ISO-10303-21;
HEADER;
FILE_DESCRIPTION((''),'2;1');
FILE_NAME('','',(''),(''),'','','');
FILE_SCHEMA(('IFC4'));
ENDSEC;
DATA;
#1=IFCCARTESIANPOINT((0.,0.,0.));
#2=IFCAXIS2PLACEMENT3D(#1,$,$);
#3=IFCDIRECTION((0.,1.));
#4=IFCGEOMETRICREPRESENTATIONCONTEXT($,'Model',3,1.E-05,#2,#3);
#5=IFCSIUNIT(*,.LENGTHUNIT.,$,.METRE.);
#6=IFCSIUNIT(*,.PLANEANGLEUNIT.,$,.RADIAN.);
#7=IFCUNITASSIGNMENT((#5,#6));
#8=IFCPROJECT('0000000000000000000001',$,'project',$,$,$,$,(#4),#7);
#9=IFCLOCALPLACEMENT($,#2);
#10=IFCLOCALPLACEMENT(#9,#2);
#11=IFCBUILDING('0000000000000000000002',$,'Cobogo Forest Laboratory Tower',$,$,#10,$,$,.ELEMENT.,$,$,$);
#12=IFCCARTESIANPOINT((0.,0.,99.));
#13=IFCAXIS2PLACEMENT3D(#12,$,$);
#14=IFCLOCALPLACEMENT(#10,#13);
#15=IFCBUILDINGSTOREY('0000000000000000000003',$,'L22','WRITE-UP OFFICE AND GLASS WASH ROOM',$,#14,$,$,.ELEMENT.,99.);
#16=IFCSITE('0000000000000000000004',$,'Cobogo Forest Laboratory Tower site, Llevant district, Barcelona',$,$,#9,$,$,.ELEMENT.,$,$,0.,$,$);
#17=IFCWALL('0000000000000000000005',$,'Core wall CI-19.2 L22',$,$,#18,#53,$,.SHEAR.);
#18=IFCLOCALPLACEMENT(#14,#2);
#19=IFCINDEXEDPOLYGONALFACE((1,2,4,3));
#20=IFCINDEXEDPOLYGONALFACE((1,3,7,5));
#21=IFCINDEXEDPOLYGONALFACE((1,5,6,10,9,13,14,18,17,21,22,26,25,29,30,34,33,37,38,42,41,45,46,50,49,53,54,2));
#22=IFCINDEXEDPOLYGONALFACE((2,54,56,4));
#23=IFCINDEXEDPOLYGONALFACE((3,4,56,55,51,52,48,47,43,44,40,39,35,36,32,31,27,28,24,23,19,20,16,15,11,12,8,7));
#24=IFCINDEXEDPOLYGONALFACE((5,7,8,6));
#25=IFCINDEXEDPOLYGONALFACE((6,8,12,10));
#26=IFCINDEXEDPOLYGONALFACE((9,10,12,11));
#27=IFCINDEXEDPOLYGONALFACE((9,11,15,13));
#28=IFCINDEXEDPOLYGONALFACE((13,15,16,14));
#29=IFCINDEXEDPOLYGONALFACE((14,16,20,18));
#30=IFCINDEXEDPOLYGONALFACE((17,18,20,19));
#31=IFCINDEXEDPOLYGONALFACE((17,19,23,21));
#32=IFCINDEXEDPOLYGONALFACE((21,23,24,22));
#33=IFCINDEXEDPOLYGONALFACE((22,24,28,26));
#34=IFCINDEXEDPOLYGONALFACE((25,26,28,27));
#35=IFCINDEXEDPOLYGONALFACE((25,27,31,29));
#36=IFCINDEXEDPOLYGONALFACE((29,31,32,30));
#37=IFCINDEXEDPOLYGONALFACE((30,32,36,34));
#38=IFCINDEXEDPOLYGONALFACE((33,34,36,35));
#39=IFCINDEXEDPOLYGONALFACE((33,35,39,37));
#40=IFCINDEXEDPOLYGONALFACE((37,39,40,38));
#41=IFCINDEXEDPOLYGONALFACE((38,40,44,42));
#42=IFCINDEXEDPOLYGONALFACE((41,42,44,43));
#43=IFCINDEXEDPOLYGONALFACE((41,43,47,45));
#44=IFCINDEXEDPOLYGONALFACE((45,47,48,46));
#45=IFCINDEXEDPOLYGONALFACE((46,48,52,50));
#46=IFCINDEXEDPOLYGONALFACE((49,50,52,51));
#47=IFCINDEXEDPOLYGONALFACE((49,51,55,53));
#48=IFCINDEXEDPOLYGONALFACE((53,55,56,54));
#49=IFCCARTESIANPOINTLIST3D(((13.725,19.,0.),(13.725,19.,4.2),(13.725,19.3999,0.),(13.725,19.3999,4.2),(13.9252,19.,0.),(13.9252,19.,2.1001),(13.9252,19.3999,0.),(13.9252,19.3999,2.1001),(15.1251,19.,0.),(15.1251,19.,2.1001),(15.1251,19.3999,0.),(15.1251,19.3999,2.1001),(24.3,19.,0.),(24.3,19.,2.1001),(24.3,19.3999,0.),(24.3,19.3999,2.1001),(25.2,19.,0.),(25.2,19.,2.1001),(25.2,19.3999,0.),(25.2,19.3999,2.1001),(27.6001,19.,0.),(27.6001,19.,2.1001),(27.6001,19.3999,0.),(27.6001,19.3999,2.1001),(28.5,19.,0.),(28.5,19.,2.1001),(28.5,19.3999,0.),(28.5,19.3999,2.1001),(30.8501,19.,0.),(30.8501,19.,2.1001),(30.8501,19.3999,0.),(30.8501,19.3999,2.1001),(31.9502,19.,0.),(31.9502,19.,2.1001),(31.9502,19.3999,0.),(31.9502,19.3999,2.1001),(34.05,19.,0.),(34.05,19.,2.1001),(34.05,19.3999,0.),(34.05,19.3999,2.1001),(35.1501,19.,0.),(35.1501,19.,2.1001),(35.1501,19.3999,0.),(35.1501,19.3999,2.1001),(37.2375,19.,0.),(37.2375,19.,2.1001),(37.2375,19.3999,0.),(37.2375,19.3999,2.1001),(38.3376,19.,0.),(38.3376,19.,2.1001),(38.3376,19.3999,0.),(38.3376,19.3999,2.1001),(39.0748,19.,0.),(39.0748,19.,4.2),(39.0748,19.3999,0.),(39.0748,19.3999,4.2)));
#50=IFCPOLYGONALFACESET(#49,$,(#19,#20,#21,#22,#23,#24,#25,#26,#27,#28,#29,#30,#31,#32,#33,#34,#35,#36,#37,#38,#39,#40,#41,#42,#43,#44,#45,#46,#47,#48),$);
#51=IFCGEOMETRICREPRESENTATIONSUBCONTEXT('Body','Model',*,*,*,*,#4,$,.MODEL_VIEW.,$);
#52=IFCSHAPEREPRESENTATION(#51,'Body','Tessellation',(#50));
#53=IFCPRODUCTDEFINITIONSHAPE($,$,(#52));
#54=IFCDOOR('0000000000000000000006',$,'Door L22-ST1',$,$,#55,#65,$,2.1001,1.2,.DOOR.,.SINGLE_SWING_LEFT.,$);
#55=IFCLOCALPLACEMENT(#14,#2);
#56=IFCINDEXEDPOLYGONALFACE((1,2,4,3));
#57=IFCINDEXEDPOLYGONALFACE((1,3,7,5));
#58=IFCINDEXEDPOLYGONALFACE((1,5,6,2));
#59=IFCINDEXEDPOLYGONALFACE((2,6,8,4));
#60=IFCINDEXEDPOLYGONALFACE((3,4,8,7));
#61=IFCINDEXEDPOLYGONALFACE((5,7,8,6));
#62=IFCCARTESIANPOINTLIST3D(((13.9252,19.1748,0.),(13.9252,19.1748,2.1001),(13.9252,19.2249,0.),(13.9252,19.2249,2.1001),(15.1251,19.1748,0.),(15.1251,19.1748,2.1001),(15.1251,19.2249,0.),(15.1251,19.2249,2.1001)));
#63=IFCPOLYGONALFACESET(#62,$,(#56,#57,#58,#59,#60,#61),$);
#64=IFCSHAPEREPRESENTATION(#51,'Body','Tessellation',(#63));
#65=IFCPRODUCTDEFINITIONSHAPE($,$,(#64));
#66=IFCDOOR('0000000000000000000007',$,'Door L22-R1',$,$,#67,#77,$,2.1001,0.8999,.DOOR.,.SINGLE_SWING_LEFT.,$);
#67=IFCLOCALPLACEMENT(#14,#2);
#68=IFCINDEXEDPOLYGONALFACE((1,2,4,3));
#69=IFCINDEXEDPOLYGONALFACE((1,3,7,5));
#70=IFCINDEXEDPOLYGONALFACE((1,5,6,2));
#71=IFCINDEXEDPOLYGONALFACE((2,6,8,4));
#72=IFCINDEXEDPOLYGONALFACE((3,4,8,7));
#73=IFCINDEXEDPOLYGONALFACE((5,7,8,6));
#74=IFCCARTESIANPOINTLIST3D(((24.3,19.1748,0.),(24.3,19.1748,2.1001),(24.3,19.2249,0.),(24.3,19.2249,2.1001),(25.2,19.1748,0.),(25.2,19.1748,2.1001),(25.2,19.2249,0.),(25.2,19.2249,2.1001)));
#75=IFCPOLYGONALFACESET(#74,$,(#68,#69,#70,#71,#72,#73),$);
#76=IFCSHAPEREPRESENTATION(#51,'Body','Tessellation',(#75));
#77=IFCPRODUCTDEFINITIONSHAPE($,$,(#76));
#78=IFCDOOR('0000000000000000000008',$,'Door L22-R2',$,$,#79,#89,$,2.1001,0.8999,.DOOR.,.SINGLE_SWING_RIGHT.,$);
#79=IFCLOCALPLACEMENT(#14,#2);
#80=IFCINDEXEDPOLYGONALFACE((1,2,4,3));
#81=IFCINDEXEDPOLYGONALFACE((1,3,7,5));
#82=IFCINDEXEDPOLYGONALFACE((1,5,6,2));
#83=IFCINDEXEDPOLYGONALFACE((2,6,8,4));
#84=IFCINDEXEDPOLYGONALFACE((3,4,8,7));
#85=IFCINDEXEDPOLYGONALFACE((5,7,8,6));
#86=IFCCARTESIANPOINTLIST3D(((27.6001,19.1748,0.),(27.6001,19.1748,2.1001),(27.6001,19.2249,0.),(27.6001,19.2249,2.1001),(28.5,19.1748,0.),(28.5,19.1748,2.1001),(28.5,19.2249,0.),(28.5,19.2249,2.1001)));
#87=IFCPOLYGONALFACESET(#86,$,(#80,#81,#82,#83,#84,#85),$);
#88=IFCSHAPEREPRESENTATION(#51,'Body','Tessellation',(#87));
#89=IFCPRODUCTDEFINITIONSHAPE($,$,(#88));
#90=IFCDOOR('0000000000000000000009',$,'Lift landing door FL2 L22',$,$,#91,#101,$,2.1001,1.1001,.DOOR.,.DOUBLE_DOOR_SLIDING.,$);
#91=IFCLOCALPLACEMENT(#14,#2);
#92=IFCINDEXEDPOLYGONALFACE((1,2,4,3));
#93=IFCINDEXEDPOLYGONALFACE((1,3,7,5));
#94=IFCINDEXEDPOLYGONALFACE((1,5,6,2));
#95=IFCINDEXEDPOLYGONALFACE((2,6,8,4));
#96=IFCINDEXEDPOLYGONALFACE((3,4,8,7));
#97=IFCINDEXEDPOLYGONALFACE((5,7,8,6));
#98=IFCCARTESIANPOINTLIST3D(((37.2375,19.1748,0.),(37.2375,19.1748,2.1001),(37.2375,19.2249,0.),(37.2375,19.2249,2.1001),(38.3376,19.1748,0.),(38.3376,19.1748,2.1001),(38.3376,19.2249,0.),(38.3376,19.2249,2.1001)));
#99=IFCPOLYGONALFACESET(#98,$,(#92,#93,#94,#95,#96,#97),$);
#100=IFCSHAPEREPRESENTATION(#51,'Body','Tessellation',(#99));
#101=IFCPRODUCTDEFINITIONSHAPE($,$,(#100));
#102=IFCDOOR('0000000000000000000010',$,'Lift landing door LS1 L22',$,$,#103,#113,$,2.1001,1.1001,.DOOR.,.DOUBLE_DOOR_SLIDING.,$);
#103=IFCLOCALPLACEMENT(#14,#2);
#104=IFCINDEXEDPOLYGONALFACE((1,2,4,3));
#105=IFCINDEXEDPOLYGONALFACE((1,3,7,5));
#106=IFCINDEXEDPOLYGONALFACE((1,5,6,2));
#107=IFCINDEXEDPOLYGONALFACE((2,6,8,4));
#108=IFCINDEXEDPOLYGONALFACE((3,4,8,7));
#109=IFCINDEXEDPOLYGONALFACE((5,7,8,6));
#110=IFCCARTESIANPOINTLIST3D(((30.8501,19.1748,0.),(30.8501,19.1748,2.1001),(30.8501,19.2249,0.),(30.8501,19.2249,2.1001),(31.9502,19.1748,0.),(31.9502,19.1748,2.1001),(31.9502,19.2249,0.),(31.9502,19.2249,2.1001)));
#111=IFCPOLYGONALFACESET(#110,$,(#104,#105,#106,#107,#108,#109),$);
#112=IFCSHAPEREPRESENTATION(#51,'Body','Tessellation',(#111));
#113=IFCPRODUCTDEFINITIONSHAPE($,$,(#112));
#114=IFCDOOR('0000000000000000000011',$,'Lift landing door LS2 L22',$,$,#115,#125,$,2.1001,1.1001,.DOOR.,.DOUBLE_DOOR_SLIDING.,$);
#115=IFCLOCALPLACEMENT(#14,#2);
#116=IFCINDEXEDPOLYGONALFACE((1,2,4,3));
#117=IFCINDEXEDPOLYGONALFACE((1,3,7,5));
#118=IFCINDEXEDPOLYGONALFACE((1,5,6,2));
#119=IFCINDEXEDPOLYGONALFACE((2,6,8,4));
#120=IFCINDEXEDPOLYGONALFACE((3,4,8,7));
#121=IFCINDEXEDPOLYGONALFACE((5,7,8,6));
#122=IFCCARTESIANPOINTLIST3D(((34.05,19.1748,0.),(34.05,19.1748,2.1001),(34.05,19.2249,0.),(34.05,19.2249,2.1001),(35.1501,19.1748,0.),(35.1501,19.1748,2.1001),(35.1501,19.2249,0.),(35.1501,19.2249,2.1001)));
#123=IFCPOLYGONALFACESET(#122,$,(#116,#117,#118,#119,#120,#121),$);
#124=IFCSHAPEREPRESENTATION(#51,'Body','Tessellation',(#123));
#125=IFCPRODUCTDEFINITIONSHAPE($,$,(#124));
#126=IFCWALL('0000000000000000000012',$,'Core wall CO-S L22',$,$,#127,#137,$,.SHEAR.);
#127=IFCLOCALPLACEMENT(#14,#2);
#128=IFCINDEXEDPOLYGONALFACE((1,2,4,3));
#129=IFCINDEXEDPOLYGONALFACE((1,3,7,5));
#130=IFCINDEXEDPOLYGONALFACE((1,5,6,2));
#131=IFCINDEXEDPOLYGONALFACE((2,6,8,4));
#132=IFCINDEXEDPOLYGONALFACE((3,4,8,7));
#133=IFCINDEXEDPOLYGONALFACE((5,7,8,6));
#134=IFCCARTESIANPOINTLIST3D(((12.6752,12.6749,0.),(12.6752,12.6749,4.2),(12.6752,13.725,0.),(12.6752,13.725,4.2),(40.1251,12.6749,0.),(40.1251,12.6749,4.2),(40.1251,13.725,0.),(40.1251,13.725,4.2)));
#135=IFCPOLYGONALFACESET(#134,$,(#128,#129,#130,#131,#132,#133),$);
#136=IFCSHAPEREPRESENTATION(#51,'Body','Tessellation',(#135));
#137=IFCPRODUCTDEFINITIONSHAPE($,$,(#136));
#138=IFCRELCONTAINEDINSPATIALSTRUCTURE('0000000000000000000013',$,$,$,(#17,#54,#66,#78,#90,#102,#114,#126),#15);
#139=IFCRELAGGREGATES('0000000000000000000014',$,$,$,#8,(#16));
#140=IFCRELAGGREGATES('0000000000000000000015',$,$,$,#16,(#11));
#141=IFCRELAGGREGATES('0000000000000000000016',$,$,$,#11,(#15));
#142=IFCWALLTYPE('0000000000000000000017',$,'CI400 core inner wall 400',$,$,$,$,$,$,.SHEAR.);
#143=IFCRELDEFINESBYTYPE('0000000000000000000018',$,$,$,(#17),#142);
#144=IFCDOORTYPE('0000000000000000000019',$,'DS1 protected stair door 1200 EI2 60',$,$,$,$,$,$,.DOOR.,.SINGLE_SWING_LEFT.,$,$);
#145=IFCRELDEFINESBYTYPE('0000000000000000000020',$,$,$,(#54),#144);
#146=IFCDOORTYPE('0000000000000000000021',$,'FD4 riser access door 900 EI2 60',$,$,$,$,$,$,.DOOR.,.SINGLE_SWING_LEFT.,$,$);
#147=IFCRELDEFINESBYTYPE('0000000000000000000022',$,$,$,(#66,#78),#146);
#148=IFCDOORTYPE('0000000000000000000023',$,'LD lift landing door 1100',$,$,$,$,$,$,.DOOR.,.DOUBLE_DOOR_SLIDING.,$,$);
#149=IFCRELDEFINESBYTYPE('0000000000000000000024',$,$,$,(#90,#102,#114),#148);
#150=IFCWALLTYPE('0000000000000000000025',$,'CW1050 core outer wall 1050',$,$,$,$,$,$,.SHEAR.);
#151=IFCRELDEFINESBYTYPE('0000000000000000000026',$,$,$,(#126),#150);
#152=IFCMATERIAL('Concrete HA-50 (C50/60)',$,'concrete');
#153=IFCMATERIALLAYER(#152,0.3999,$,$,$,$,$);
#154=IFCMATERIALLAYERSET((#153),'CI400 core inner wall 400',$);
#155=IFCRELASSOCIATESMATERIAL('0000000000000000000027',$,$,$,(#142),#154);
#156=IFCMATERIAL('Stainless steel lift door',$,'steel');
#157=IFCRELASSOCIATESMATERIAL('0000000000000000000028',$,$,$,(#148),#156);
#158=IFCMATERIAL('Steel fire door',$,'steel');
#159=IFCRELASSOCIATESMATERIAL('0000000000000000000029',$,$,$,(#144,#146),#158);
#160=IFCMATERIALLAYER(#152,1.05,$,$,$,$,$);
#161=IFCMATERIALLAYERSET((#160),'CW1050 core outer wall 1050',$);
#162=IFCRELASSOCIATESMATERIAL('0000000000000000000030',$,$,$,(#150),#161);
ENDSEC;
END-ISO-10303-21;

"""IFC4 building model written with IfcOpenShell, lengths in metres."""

from ifc_helpers import new_model, si_unit, direction, frame, frame_2d, origin, place, context, subcontext, project, spatial, rectangle, extrude, material, layer, layer_set, type_object, element, fill, save


model = new_model("IFC4")

# Units and contexts
model_context = context("Model", 3, precision=1e-05, world=origin(), true_north=direction((0.0, 1.0)))
body_context = subcontext(model_context, "Body", "Model", "MODEL_VIEW")
ifc_project = project(units=[si_unit("LENGTHUNIT", "METRE"), si_unit("PLANEANGLEUNIT", "RADIAN")], contexts=[model_context])

# Site, building, storey
site_placement = place(None, origin())
site = spatial("IfcSite", under=ifc_project, at=site_placement, Name="Cobogo Forest Laboratory Tower site, Llevant district, Barcelona", CompositionType="ELEMENT", RefElevation=0.0)
building_placement = place(site_placement, origin())
building = spatial("IfcBuilding", under=site, at=building_placement, Name="Cobogo Forest Laboratory Tower", CompositionType="ELEMENT")
storey_placement = place(building_placement, frame((0.0, 0.0, 99.0)))
storey = spatial("IfcBuildingStorey", under=building, at=storey_placement, Name="L22", Description="WRITE-UP OFFICE AND GLASS WASH ROOM", CompositionType="ELEMENT", Elevation=99.0)

# Wall, openings, doors
ifc_material_1 = material(Name="Concrete HA-50 (C50/60)", Category="concrete")
ifc_layer_1 = layer(ifc_material_1, 0.3999)
ifc_layer_set_1 = layer_set([ifc_layer_1], Name="CI400 core inner wall 400")
wall_type_1 = type_object("IfcWallType", Name="CI400 core inner wall 400", PredefinedType="SHEAR", material=ifc_layer_set_1)
ifc_material_2 = material(Name="Steel fire door", Category="steel")
ifc_material_3 = material(Name="Stainless steel lift door", Category="steel")
door_type_1 = type_object("IfcDoorType", Name="LD lift landing door 1100", OperationType="DOUBLE_DOOR_SLIDING", PredefinedType="DOOR", material=ifc_material_3)
wall_1_placement = place(storey_placement, frame((13.7251, 19.2, 0.0), z_axis=(0.0, 0.0, 1.0), x_axis=(1.0, 0.0, 0.0)))
wall_1 = element("IfcWall", 1, at=wall_1_placement, inside=storey, type_object=wall_type_1, Name="Core wall CI-19.2 L22", PredefinedType="SHEAR", context=body_context, shape_type="SweptSolid", body=[
    extrude(rectangle(XDim=25.3499, YDim=0.3999, at=frame_2d((12.6748, 0.0))), origin(), (0.0, 0.0, 1.0), 4.2),
])
opening_1_placement = place(wall_1_placement, frame((10.575, 0.0, 0.0)))
opening_1 = element("IfcOpeningElement", 2, at=opening_1_placement, cuts=wall_1, PredefinedType="OPENING", context=body_context, shape_type="SweptSolid", body=[
    extrude(rectangle(XDim=0.8999, YDim=2.1001, at=frame_2d((0.45, 1.05))), frame((0.0, 0.21, 0.0), z_axis=(0.0, -1.0, 0.0), x_axis=(1.0, 0.0, 0.0)), (0.0, 0.0, 1.0), 0.4199),
])
opening_2_placement = place(wall_1_placement, frame((13.875, 0.0, 0.0)))
opening_2 = element("IfcOpeningElement", 3, at=opening_2_placement, cuts=wall_1, PredefinedType="OPENING", context=body_context, shape_type="SweptSolid", body=[
    extrude(rectangle(XDim=0.8999, YDim=2.1001, at=frame_2d((0.45, 1.05))), frame((0.0, 0.21, 0.0), z_axis=(0.0, -1.0, 0.0), x_axis=(1.0, 0.0, 0.0)), (0.0, 0.0, 1.0), 0.4199),
])
opening_3_placement = place(wall_1_placement, frame((0.2, 0.0, 0.0)))
opening_3 = element("IfcOpeningElement", 4, at=opening_3_placement, cuts=wall_1, PredefinedType="OPENING", context=body_context, shape_type="SweptSolid", body=[
    extrude(rectangle(XDim=1.2, YDim=2.1001, at=frame_2d((0.6001, 1.05))), frame((0.0, 0.21, 0.0), z_axis=(0.0, -1.0, 0.0), x_axis=(1.0, 0.0, 0.0)), (0.0, 0.0, 1.0), 0.4199),
])
opening_4_placement = place(wall_1_placement, frame((23.5125, 0.0, 0.0)))
opening_4 = element("IfcOpeningElement", 5, at=opening_4_placement, cuts=wall_1, PredefinedType="OPENING", context=body_context, shape_type="SweptSolid", body=[
    extrude(rectangle(XDim=1.1001, YDim=2.1001, at=frame_2d((0.55, 1.05))), frame((0.0, 0.21, 0.0), z_axis=(0.0, -1.0, 0.0), x_axis=(1.0, 0.0, 0.0)), (0.0, 0.0, 1.0), 0.4199),
])
opening_5_placement = place(wall_1_placement, frame((17.125, 0.0, 0.0)))
opening_5 = element("IfcOpeningElement", 6, at=opening_5_placement, cuts=wall_1, PredefinedType="OPENING", context=body_context, shape_type="SweptSolid", body=[
    extrude(rectangle(XDim=1.1001, YDim=2.1001, at=frame_2d((0.55, 1.05))), frame((0.0, 0.21, 0.0), z_axis=(0.0, -1.0, 0.0), x_axis=(1.0, 0.0, 0.0)), (0.0, 0.0, 1.0), 0.4199),
])
opening_6_placement = place(wall_1_placement, frame((20.325, 0.0, 0.0)))
opening_6 = element("IfcOpeningElement", 7, at=opening_6_placement, cuts=wall_1, PredefinedType="OPENING", context=body_context, shape_type="SweptSolid", body=[
    extrude(rectangle(XDim=1.1001, YDim=2.1001, at=frame_2d((0.55, 1.05))), frame((0.0, 0.21, 0.0), z_axis=(0.0, -1.0, 0.0), x_axis=(1.0, 0.0, 0.0)), (0.0, 0.0, 1.0), 0.4199),
])
door_type_2 = type_object("IfcDoorType", Name="DS1 protected stair door 1200 EI2 60", OperationType="SINGLE_SWING_LEFT", PredefinedType="DOOR", material=ifc_material_2)
door_1_placement = place(opening_3_placement, origin())
door_1 = element("IfcDoor", 8, at=door_1_placement, inside=storey, type_object=door_type_2, Name="Door L22-ST1", OperationType="SINGLE_SWING_LEFT", OverallHeight=2.1001, OverallWidth=1.2, PredefinedType="DOOR", context=body_context, shape_type="SweptSolid", body=[
    extrude(rectangle(XDim=1.2, YDim=2.1001, at=frame_2d((0.6001, 1.05))), frame((0.0, 0.0249, 0.0), z_axis=(0.0, -1.0, 0.0), x_axis=(1.0, 0.0, 0.0)), (0.0, 0.0, 1.0), 0.05),
])
fill(opening_3, door_1)
door_type_3 = type_object("IfcDoorType", Name="FD4 riser access door 900 EI2 60", OperationType="SINGLE_SWING_LEFT", PredefinedType="DOOR", material=ifc_material_2)
door_2_placement = place(opening_1_placement, origin())
door_2 = element("IfcDoor", 9, at=door_2_placement, inside=storey, type_object=door_type_3, Name="Door L22-R1", OperationType="SINGLE_SWING_LEFT", OverallHeight=2.1001, OverallWidth=0.8999, PredefinedType="DOOR", context=body_context, shape_type="SweptSolid", body=[
    extrude(rectangle(XDim=0.8999, YDim=2.1001, at=frame_2d((0.45, 1.05))), frame((0.0, 0.0249, 0.0), z_axis=(0.0, -1.0, 0.0), x_axis=(1.0, 0.0, 0.0)), (0.0, 0.0, 1.0), 0.05),
])
fill(opening_1, door_2)
door_3_placement = place(opening_2_placement, origin())
door_3 = element("IfcDoor", 10, at=door_3_placement, inside=storey, type_object=door_type_3, Name="Door L22-R2", OperationType="SINGLE_SWING_RIGHT", OverallHeight=2.1001, OverallWidth=0.8999, PredefinedType="DOOR", context=body_context, shape_type="SweptSolid", body=[
    extrude(rectangle(XDim=0.8999, YDim=2.1001, at=frame_2d((0.45, 1.05))), frame((0.0, 0.0249, 0.0), z_axis=(0.0, -1.0, 0.0), x_axis=(1.0, 0.0, 0.0)), (0.0, 0.0, 1.0), 0.05),
])
fill(opening_2, door_3)
door_4_placement = place(opening_4_placement, origin())
door_4 = element("IfcDoor", 11, at=door_4_placement, inside=storey, type_object=door_type_1, Name="Lift landing door FL2 L22", OperationType="DOUBLE_DOOR_SLIDING", OverallHeight=2.1001, OverallWidth=1.1001, PredefinedType="DOOR", context=body_context, shape_type="SweptSolid", body=[
    extrude(rectangle(XDim=1.1001, YDim=2.1001, at=frame_2d((0.55, 1.05))), frame((0.0, 0.0249, 0.0), z_axis=(0.0, -1.0, 0.0), x_axis=(1.0, 0.0, 0.0)), (0.0, 0.0, 1.0), 0.05),
])
fill(opening_4, door_4)
door_5_placement = place(opening_5_placement, origin())
door_5 = element("IfcDoor", 12, at=door_5_placement, inside=storey, type_object=door_type_1, Name="Lift landing door LS1 L22", OperationType="DOUBLE_DOOR_SLIDING", OverallHeight=2.1001, OverallWidth=1.1001, PredefinedType="DOOR", context=body_context, shape_type="SweptSolid", body=[
    extrude(rectangle(XDim=1.1001, YDim=2.1001, at=frame_2d((0.55, 1.05))), frame((0.0, 0.0249, 0.0), z_axis=(0.0, -1.0, 0.0), x_axis=(1.0, 0.0, 0.0)), (0.0, 0.0, 1.0), 0.05),
])
fill(opening_5, door_5)
door_6_placement = place(opening_6_placement, origin())
door_6 = element("IfcDoor", 13, at=door_6_placement, inside=storey, type_object=door_type_1, Name="Lift landing door LS2 L22", OperationType="DOUBLE_DOOR_SLIDING", OverallHeight=2.1001, OverallWidth=1.1001, PredefinedType="DOOR", context=body_context, shape_type="SweptSolid", body=[
    extrude(rectangle(XDim=1.1001, YDim=2.1001, at=frame_2d((0.55, 1.05))), frame((0.0, 0.0249, 0.0), z_axis=(0.0, -1.0, 0.0), x_axis=(1.0, 0.0, 0.0)), (0.0, 0.0, 1.0), 0.05),
])
fill(opening_6, door_6)

# Wall
ifc_layer_2 = layer(ifc_material_1, 1.05)
ifc_layer_set_2 = layer_set([ifc_layer_2], Name="CW1050 core outer wall 1050")
wall_type_2 = type_object("IfcWallType", Name="CW1050 core outer wall 1050", PredefinedType="SHEAR", material=ifc_layer_set_2)
wall_2_placement = place(storey_placement, frame((12.675, 13.2, 0.0), z_axis=(0.0, 0.0, 1.0), x_axis=(1.0, 0.0, 0.0)))
element("IfcWall", 14, at=wall_2_placement, inside=storey, type_object=wall_type_2, Name="Core wall CO-S L22", PredefinedType="SHEAR", context=body_context, shape_type="SweptSolid", body=[
    extrude(rectangle(XDim=27.45, YDim=1.05, at=frame_2d((13.7251, 0.0))), origin(), (0.0, 0.0, 1.0), 4.2),
])

save(model, "model.ifc")
